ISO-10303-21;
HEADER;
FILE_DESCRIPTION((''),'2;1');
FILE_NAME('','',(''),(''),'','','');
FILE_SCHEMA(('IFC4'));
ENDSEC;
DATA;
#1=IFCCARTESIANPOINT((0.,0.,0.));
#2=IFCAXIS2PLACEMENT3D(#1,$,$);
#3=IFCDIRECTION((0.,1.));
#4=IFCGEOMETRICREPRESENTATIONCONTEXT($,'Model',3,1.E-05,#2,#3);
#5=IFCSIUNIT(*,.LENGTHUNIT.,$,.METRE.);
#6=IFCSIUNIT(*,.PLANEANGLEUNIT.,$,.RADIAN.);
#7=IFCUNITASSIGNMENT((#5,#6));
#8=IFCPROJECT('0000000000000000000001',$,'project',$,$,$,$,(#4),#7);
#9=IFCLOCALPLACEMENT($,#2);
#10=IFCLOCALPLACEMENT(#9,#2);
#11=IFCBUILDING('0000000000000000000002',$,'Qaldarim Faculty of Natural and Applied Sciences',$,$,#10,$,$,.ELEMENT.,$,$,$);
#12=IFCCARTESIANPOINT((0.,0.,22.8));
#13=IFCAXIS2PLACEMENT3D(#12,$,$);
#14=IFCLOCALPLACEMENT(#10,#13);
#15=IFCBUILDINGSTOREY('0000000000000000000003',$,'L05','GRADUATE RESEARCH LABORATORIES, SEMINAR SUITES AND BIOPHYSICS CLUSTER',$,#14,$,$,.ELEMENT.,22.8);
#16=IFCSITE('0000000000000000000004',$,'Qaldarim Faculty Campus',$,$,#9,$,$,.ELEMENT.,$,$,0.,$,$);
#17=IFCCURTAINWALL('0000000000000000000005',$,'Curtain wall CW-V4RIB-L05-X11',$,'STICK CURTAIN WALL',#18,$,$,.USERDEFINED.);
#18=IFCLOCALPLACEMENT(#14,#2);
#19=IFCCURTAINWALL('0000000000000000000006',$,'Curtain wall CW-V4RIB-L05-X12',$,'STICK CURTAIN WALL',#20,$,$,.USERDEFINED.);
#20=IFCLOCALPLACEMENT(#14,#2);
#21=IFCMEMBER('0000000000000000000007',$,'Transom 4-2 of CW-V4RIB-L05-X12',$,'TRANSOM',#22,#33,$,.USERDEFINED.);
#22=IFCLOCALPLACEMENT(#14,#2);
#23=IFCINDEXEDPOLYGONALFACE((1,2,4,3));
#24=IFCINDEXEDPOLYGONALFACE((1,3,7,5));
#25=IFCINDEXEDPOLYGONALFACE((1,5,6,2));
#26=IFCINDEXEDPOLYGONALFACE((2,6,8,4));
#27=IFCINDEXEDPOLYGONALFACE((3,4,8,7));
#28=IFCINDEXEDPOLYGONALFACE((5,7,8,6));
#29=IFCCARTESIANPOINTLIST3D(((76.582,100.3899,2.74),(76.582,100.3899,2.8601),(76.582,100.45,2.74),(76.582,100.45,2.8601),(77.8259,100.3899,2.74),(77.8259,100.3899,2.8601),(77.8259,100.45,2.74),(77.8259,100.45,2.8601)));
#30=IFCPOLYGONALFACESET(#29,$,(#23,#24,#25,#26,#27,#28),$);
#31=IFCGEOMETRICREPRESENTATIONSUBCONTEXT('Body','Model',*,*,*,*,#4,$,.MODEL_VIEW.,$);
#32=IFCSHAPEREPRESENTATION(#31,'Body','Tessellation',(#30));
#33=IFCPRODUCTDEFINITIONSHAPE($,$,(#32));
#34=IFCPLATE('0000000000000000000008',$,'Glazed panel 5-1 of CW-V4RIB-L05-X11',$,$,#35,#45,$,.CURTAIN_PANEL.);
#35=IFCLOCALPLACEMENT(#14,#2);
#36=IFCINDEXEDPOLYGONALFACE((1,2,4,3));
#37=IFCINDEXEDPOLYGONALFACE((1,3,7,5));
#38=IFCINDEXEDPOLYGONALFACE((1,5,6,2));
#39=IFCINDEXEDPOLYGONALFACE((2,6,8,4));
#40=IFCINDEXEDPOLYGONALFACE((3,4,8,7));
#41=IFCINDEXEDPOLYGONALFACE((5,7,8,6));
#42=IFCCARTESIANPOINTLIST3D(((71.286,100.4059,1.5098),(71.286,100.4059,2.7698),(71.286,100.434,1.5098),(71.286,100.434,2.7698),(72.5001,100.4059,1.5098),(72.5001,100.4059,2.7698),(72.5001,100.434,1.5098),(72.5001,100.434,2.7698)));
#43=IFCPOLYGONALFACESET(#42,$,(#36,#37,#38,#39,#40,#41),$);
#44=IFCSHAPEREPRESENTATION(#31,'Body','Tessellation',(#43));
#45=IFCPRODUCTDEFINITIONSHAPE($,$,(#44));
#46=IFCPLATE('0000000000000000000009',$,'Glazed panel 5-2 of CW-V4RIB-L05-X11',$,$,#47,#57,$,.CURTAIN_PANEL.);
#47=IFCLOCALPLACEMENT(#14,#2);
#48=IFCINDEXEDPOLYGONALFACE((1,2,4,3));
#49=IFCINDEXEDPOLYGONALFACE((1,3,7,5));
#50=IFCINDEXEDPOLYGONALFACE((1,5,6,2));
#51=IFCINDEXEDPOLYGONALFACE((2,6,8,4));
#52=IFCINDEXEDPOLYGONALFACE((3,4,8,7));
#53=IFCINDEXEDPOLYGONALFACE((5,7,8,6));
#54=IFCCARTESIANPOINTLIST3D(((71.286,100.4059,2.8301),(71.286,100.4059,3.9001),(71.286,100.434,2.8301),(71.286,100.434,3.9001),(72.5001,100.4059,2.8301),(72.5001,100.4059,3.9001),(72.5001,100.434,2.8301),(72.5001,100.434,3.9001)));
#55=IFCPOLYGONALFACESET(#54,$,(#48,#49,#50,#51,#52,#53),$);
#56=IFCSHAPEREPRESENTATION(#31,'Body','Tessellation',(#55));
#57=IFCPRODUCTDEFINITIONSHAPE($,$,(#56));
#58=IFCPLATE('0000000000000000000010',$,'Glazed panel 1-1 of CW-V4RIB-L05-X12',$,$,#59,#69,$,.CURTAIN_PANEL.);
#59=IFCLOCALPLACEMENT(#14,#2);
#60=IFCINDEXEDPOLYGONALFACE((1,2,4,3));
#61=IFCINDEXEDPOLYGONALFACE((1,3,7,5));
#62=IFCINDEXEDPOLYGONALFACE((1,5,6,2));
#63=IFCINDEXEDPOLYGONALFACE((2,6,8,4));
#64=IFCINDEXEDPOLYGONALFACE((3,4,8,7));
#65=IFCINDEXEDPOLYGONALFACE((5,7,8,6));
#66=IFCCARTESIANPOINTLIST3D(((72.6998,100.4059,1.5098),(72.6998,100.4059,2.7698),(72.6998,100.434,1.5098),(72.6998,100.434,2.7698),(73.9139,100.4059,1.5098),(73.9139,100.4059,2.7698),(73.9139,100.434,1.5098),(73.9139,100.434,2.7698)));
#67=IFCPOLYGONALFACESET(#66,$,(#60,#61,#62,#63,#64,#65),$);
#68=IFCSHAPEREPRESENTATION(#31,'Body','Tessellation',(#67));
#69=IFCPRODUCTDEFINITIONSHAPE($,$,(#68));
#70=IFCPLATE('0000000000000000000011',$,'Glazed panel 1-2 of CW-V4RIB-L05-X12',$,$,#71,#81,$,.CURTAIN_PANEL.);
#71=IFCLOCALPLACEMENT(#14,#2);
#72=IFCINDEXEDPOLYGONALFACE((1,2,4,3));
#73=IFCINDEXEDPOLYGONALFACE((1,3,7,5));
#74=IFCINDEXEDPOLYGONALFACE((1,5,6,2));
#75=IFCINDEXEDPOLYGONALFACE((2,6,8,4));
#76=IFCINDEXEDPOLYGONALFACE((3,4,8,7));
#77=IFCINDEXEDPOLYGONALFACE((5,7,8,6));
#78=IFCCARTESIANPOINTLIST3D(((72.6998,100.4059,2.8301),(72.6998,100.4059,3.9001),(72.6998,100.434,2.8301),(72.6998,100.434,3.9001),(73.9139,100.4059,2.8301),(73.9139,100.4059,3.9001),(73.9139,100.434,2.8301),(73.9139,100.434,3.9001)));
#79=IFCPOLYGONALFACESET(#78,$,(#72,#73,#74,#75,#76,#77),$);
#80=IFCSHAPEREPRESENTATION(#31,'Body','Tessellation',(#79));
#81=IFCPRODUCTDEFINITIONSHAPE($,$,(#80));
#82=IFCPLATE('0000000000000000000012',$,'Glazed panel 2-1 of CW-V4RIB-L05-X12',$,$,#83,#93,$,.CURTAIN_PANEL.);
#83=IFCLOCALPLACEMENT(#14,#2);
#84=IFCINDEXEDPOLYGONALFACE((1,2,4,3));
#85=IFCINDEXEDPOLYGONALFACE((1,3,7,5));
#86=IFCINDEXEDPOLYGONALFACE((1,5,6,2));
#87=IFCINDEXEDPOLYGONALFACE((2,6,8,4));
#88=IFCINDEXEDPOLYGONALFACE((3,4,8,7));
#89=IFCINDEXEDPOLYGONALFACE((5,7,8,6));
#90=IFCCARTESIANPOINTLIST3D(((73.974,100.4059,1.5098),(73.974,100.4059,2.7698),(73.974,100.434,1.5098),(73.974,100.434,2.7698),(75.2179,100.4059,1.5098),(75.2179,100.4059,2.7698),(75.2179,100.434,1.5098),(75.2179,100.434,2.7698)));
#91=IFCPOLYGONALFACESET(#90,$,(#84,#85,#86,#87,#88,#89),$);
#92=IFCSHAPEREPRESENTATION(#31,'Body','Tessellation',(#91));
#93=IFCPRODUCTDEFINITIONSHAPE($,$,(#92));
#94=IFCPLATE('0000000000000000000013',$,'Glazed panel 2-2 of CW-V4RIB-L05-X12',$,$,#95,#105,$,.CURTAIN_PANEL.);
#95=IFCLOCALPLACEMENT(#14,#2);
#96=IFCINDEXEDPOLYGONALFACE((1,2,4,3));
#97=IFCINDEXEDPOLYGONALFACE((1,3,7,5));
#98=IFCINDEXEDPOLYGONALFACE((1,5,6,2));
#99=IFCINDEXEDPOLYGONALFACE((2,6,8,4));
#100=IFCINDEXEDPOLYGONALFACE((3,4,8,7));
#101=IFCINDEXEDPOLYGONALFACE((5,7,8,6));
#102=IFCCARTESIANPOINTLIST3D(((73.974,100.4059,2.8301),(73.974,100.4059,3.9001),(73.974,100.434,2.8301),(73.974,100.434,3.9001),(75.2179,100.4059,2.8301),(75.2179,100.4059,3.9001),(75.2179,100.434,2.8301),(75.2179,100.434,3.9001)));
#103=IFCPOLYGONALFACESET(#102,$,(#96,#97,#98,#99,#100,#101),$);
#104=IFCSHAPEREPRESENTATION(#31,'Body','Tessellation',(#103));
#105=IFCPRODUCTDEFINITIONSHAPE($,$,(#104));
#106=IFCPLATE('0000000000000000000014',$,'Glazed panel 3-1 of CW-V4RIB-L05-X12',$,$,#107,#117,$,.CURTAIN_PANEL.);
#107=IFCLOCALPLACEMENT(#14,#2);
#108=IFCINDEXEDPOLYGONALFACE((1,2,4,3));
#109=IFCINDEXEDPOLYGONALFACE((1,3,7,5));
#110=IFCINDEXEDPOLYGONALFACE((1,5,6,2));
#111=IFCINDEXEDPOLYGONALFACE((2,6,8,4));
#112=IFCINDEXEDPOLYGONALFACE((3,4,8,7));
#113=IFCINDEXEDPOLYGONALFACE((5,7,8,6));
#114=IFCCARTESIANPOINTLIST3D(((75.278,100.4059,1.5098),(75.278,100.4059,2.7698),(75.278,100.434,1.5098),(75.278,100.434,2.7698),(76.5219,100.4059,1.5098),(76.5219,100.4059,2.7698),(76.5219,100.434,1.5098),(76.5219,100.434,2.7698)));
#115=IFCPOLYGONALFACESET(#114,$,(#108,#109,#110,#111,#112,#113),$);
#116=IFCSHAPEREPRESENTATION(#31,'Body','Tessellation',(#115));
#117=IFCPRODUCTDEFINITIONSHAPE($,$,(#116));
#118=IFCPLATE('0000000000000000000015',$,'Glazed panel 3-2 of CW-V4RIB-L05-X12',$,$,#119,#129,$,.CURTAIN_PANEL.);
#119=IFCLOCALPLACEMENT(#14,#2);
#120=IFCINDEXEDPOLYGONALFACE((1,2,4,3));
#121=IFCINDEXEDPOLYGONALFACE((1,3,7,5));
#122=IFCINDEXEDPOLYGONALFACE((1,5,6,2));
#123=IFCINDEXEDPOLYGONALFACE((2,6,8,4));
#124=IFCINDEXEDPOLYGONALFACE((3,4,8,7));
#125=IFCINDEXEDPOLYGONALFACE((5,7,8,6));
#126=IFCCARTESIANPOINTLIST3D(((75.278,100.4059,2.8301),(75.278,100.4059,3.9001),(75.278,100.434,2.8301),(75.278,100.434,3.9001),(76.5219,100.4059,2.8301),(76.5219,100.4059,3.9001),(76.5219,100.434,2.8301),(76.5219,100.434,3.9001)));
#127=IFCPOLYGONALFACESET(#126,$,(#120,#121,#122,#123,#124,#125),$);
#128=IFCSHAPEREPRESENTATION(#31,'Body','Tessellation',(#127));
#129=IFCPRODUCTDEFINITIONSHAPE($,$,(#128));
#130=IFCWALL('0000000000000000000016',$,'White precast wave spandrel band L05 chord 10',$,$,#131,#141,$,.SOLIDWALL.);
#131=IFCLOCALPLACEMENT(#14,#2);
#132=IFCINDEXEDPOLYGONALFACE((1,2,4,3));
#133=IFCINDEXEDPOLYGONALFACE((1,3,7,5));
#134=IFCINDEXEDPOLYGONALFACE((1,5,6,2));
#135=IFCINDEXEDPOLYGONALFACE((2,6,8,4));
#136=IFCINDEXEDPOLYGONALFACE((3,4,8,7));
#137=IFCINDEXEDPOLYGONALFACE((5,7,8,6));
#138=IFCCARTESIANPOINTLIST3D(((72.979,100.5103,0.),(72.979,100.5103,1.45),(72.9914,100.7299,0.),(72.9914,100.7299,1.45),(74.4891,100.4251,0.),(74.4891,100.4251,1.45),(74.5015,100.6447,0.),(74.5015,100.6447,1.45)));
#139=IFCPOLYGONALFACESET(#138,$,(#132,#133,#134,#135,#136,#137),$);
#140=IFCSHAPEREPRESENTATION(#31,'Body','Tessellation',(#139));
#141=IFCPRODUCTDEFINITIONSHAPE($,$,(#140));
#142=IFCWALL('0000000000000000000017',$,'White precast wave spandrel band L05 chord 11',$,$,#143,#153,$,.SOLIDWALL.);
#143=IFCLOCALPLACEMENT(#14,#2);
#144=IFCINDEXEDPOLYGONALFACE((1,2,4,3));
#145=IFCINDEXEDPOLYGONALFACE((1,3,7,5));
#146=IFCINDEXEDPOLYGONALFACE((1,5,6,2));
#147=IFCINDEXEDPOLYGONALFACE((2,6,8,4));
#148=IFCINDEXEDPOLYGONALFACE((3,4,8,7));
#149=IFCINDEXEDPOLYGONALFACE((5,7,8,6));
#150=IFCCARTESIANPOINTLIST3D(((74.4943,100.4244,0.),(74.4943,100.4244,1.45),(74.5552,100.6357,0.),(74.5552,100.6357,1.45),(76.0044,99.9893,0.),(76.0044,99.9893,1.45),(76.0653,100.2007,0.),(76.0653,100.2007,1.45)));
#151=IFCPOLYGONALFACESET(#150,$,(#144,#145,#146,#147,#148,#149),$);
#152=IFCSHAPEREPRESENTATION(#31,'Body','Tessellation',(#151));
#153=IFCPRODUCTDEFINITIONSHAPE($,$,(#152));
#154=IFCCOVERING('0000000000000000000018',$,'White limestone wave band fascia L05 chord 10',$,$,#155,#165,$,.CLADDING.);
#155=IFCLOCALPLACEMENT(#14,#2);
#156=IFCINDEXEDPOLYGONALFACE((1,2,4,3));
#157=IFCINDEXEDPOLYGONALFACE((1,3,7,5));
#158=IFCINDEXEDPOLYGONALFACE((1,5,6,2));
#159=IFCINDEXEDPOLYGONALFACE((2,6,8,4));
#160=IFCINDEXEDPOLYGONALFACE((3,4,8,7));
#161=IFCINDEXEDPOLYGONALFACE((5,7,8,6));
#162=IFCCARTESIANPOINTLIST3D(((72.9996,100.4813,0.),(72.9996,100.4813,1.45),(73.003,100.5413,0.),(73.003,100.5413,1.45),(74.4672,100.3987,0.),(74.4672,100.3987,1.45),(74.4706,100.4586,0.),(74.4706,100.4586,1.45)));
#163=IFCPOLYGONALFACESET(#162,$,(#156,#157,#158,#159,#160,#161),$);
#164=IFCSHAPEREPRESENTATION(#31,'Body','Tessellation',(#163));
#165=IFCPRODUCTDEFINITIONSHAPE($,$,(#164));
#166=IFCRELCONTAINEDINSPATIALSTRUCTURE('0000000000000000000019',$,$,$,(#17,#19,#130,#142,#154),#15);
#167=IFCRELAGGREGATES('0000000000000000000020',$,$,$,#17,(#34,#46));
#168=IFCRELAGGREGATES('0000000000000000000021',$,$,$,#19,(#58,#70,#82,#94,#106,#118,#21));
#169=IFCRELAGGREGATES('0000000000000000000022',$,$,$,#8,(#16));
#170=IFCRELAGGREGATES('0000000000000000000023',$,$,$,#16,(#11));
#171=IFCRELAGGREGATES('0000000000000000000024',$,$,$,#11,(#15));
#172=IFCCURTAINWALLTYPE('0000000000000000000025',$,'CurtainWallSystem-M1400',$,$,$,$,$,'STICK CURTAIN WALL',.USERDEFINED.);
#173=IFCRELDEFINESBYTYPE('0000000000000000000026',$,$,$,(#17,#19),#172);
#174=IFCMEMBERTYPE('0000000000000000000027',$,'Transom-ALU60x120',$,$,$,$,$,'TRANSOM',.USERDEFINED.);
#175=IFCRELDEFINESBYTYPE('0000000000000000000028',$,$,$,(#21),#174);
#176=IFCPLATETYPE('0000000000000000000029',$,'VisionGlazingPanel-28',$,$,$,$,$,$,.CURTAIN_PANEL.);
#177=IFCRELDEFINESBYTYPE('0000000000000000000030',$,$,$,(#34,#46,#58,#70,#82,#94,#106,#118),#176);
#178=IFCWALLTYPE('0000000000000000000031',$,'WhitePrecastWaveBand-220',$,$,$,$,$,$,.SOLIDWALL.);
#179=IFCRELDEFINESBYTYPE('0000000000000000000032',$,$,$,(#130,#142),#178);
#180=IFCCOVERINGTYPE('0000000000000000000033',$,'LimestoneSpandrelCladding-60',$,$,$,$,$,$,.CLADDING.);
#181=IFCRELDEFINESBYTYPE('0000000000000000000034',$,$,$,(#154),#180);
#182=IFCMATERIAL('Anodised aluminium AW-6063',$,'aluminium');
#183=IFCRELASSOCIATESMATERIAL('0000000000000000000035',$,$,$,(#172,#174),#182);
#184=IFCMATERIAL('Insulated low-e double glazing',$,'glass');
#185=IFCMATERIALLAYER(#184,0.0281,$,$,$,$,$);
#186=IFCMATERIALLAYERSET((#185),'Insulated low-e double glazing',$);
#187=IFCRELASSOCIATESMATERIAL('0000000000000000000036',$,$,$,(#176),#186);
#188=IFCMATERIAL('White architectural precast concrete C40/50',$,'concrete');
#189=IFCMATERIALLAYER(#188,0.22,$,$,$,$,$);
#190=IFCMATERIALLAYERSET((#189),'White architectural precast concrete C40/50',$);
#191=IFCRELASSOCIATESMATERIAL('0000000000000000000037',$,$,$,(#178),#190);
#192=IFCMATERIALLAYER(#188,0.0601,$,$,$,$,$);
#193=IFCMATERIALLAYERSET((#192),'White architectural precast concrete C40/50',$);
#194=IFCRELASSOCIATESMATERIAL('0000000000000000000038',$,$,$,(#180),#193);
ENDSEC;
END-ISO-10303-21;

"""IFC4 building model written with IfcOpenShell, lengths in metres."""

from ifc_helpers import new_model, si_unit, direction, frame, frame_2d, origin, origin_2d, place, context, subcontext, project, spatial, rectangle, extrude, material, layer, layer_set, material_profile, profile_set, type_object, element, aggregate, save


model = new_model("IFC4")

# Units and contexts
model_context = context("Model", 3, precision=1e-05, world=origin(), true_north=direction((0.0, 1.0)))
body_context = subcontext(model_context, "Body", "Model", "MODEL_VIEW")
ifc_project = project(units=[si_unit("LENGTHUNIT", "METRE"), si_unit("PLANEANGLEUNIT", "RADIAN")], contexts=[model_context])

# Site, building, storey
site_placement = place(None, origin())
site = spatial("IfcSite", under=ifc_project, at=site_placement, Name="Qaldarim Faculty Campus", CompositionType="ELEMENT", RefElevation=0.0)
building_placement = place(site_placement, origin())
building = spatial("IfcBuilding", under=site, at=building_placement, Name="Qaldarim Faculty of Natural and Applied Sciences", CompositionType="ELEMENT")
storey_placement = place(building_placement, frame((0.0, 0.0, 22.8)))
storey = spatial("IfcBuildingStorey", under=building, at=storey_placement, Name="L05", Description="GRADUATE RESEARCH LABORATORIES, SEMINAR SUITES AND BIOPHYSICS CLUSTER", CompositionType="ELEMENT", Elevation=22.8)

# Curtain wall
ifc_material_1 = material(Name="Anodised aluminium AW-6063", Category="aluminium")
curtain_wall_type = type_object("IfcCurtainWallType", Name="CurtainWallSystem-M1400", ElementType="STICK CURTAIN WALL", PredefinedType="USERDEFINED", material=ifc_material_1)
curtain_wall_1_placement = place(storey_placement, origin())
curtain_wall_1 = element("IfcCurtainWall", 1, at=curtain_wall_1_placement, inside=storey, type_object=curtain_wall_type, Name="Curtain wall CW-V4RIB-L05-X11", ObjectType="STICK CURTAIN WALL", PredefinedType="USERDEFINED")

# Curtain wall, member
curtain_wall_2_placement = place(storey_placement, origin())
curtain_wall_2 = element("IfcCurtainWall", 2, at=curtain_wall_2_placement, inside=storey, type_object=curtain_wall_type, Name="Curtain wall CW-V4RIB-L05-X12", ObjectType="STICK CURTAIN WALL", PredefinedType="USERDEFINED")
ifc_material_profile_1 = material_profile(ifc_material_1, rectangle(XDim=0.0601, YDim=0.1201, at=origin_2d()), Name="ALU-T60x120")
ifc_profile_set_1 = profile_set([ifc_material_profile_1], Name="Anodised aluminium AW-6063")
member_type_1 = type_object("IfcMemberType", Name="Transom-ALU60x120", ElementType="TRANSOM", PredefinedType="USERDEFINED", material=ifc_profile_set_1)
member_1_placement = place(storey_placement, frame((76.582, 100.4199, 2.8), z_axis=(1.0, 0.0, 0.0), x_axis=(0.0, 1.0, 0.0)))
member_1 = element("IfcMember", 3, at=member_1_placement, type_object=member_type_1, Name="Transom 4-2 of CW-V4RIB-L05-X12", ObjectType="TRANSOM", PredefinedType="USERDEFINED", context=body_context, shape_type="SweptSolid", body=[
    extrude(rectangle(XDim=0.0601, YDim=0.1201, at=origin_2d()), origin(), (0.0, 0.0, 1.0), 1.2439),
])

# Plates
ifc_material_2 = material(Name="Insulated low-e double glazing", Category="glass")
ifc_layer_1 = layer(ifc_material_2, 0.0281)
ifc_layer_set_1 = layer_set([ifc_layer_1], Name="Insulated low-e double glazing")
plate_type = type_object("IfcPlateType", Name="VisionGlazingPanel-28", PredefinedType="CURTAIN_PANEL", material=ifc_layer_set_1)
plate_1_placement = place(storey_placement, frame((71.8931, 100.4199, 1.5098), z_axis=(0.0, 0.0, 1.0), x_axis=(1.0, 0.0, 0.0)))
plate_1 = element("IfcPlate", 4, at=plate_1_placement, type_object=plate_type, Name="Glazed panel 5-1 of CW-V4RIB-L05-X11", PredefinedType="CURTAIN_PANEL", context=body_context, shape_type="SweptSolid", body=[
    extrude(rectangle(XDim=1.2141, YDim=0.0281, at=origin_2d()), origin(), (0.0, 0.0, 1.0), 1.26),
])
plate_2_placement = place(storey_placement, frame((71.8931, 100.4199, 2.8301), z_axis=(0.0, 0.0, 1.0), x_axis=(1.0, 0.0, 0.0)))
plate_2 = element("IfcPlate", 5, at=plate_2_placement, type_object=plate_type, Name="Glazed panel 5-2 of CW-V4RIB-L05-X11", PredefinedType="CURTAIN_PANEL", context=body_context, shape_type="SweptSolid", body=[
    extrude(rectangle(XDim=1.2141, YDim=0.0281, at=origin_2d()), origin(), (0.0, 0.0, 1.0), 1.0701),
])
aggregate(curtain_wall_1, [plate_1, plate_2])
plate_3_placement = place(storey_placement, frame((73.3069, 100.4199, 1.5098), z_axis=(0.0, 0.0, 1.0), x_axis=(1.0, 0.0, 0.0)))
plate_3 = element("IfcPlate", 6, at=plate_3_placement, type_object=plate_type, Name="Glazed panel 1-1 of CW-V4RIB-L05-X12", PredefinedType="CURTAIN_PANEL", context=body_context, shape_type="SweptSolid", body=[
    extrude(rectangle(XDim=1.2141, YDim=0.0281, at=origin_2d()), origin(), (0.0, 0.0, 1.0), 1.26),
])
plate_4_placement = place(storey_placement, frame((73.3069, 100.4199, 2.8301), z_axis=(0.0, 0.0, 1.0), x_axis=(1.0, 0.0, 0.0)))
plate_4 = element("IfcPlate", 7, at=plate_4_placement, type_object=plate_type, Name="Glazed panel 1-2 of CW-V4RIB-L05-X12", PredefinedType="CURTAIN_PANEL", context=body_context, shape_type="SweptSolid", body=[
    extrude(rectangle(XDim=1.2141, YDim=0.0281, at=origin_2d()), origin(), (0.0, 0.0, 1.0), 1.0701),
])
plate_5_placement = place(storey_placement, frame((74.5959, 100.4199, 1.5098), z_axis=(0.0, 0.0, 1.0), x_axis=(1.0, 0.0, 0.0)))
plate_5 = element("IfcPlate", 8, at=plate_5_placement, type_object=plate_type, Name="Glazed panel 2-1 of CW-V4RIB-L05-X12", PredefinedType="CURTAIN_PANEL", context=body_context, shape_type="SweptSolid", body=[
    extrude(rectangle(XDim=1.2439, YDim=0.0281, at=origin_2d()), origin(), (0.0, 0.0, 1.0), 1.26),
])
plate_6_placement = place(storey_placement, frame((74.5959, 100.4199, 2.8301), z_axis=(0.0, 0.0, 1.0), x_axis=(1.0, 0.0, 0.0)))
plate_6 = element("IfcPlate", 9, at=plate_6_placement, type_object=plate_type, Name="Glazed panel 2-2 of CW-V4RIB-L05-X12", PredefinedType="CURTAIN_PANEL", context=body_context, shape_type="SweptSolid", body=[
    extrude(rectangle(XDim=1.2439, YDim=0.0281, at=origin_2d()), origin(), (0.0, 0.0, 1.0), 1.0701),
])
plate_7_placement = place(storey_placement, frame((75.8999, 100.4199, 1.5098), z_axis=(0.0, 0.0, 1.0), x_axis=(1.0, 0.0, 0.0)))
plate_7 = element("IfcPlate", 10, at=plate_7_placement, type_object=plate_type, Name="Glazed panel 3-1 of CW-V4RIB-L05-X12", PredefinedType="CURTAIN_PANEL", context=body_context, shape_type="SweptSolid", body=[
    extrude(rectangle(XDim=1.2439, YDim=0.0281, at=origin_2d()), origin(), (0.0, 0.0, 1.0), 1.26),
])
plate_8_placement = place(storey_placement, frame((75.8999, 100.4199, 2.8301), z_axis=(0.0, 0.0, 1.0), x_axis=(1.0, 0.0, 0.0)))
plate_8 = element("IfcPlate", 11, at=plate_8_placement, type_object=plate_type, Name="Glazed panel 3-2 of CW-V4RIB-L05-X12", PredefinedType="CURTAIN_PANEL", context=body_context, shape_type="SweptSolid", body=[
    extrude(rectangle(XDim=1.2439, YDim=0.0281, at=origin_2d()), origin(), (0.0, 0.0, 1.0), 1.0701),
])
aggregate(curtain_wall_2, [plate_3, plate_4, plate_5, plate_6, plate_7, plate_8, member_1])

# Walls
ifc_material_3 = material(Name="White architectural precast concrete C40/50", Category="concrete")
ifc_layer_2 = layer(ifc_material_3, 0.22)
ifc_layer_set_2 = layer_set([ifc_layer_2], Name="White architectural precast concrete C40/50")
wall_type = type_object("IfcWallType", Name="WhitePrecastWaveBand-220", PredefinedType="SOLIDWALL", material=ifc_layer_set_2)
wall_1_placement = place(storey_placement, frame((72.9851, 100.6201, 0.0), z_axis=(0.0, 0.0, 1.0), x_axis=(0.998412, -0.056337, 0.0)))
element("IfcWall", 12, at=wall_1_placement, inside=storey, type_object=wall_type, Name="White precast wave spandrel band L05 chord 10", PredefinedType="SOLIDWALL", context=body_context, shape_type="SweptSolid", body=[
    extrude(rectangle(XDim=1.5125, YDim=0.22, at=frame_2d((0.7563, 0.0))), origin(), (0.0, 0.0, 1.0), 1.45),
])
wall_2_placement = place(storey_placement, frame((74.5249, 100.53, 0.0), z_axis=(0.0, 0.0, 1.0), x_axis=(0.960912, -0.276854, 0.0)))
element("IfcWall", 13, at=wall_2_placement, inside=storey, type_object=wall_type, Name="White precast wave spandrel band L05 chord 11", PredefinedType="SOLIDWALL", context=body_context, shape_type="SweptSolid", body=[
    extrude(rectangle(XDim=1.5715, YDim=0.22, at=frame_2d((0.7856, 0.0))), origin(), (0.0, 0.0, 1.0), 1.45),
])

# Covering
ifc_layer_3 = layer(ifc_material_3, 0.0601)
ifc_layer_set_3 = layer_set([ifc_layer_3], Name="White architectural precast concrete C40/50")
covering_type = type_object("IfcCoveringType", Name="LimestoneSpandrelCladding-60", PredefinedType="CLADDING", material=ifc_layer_set_3)
covering_placement = place(storey_placement, frame((73.7351, 100.47, 0.0), z_axis=(0.0, 0.0, 1.0), x_axis=(0.998419, -0.056205, 0.0)))
element("IfcCovering", 14, at=covering_placement, inside=storey, type_object=covering_type, Name="White limestone wave band fascia L05 chord 10", PredefinedType="CLADDING", context=body_context, shape_type="SweptSolid", body=[
    extrude(rectangle(XDim=1.47, YDim=0.0601, at=origin_2d()), origin(), (0.0, 0.0, 1.0), 1.45),
])

save(model, "model.ifc")
